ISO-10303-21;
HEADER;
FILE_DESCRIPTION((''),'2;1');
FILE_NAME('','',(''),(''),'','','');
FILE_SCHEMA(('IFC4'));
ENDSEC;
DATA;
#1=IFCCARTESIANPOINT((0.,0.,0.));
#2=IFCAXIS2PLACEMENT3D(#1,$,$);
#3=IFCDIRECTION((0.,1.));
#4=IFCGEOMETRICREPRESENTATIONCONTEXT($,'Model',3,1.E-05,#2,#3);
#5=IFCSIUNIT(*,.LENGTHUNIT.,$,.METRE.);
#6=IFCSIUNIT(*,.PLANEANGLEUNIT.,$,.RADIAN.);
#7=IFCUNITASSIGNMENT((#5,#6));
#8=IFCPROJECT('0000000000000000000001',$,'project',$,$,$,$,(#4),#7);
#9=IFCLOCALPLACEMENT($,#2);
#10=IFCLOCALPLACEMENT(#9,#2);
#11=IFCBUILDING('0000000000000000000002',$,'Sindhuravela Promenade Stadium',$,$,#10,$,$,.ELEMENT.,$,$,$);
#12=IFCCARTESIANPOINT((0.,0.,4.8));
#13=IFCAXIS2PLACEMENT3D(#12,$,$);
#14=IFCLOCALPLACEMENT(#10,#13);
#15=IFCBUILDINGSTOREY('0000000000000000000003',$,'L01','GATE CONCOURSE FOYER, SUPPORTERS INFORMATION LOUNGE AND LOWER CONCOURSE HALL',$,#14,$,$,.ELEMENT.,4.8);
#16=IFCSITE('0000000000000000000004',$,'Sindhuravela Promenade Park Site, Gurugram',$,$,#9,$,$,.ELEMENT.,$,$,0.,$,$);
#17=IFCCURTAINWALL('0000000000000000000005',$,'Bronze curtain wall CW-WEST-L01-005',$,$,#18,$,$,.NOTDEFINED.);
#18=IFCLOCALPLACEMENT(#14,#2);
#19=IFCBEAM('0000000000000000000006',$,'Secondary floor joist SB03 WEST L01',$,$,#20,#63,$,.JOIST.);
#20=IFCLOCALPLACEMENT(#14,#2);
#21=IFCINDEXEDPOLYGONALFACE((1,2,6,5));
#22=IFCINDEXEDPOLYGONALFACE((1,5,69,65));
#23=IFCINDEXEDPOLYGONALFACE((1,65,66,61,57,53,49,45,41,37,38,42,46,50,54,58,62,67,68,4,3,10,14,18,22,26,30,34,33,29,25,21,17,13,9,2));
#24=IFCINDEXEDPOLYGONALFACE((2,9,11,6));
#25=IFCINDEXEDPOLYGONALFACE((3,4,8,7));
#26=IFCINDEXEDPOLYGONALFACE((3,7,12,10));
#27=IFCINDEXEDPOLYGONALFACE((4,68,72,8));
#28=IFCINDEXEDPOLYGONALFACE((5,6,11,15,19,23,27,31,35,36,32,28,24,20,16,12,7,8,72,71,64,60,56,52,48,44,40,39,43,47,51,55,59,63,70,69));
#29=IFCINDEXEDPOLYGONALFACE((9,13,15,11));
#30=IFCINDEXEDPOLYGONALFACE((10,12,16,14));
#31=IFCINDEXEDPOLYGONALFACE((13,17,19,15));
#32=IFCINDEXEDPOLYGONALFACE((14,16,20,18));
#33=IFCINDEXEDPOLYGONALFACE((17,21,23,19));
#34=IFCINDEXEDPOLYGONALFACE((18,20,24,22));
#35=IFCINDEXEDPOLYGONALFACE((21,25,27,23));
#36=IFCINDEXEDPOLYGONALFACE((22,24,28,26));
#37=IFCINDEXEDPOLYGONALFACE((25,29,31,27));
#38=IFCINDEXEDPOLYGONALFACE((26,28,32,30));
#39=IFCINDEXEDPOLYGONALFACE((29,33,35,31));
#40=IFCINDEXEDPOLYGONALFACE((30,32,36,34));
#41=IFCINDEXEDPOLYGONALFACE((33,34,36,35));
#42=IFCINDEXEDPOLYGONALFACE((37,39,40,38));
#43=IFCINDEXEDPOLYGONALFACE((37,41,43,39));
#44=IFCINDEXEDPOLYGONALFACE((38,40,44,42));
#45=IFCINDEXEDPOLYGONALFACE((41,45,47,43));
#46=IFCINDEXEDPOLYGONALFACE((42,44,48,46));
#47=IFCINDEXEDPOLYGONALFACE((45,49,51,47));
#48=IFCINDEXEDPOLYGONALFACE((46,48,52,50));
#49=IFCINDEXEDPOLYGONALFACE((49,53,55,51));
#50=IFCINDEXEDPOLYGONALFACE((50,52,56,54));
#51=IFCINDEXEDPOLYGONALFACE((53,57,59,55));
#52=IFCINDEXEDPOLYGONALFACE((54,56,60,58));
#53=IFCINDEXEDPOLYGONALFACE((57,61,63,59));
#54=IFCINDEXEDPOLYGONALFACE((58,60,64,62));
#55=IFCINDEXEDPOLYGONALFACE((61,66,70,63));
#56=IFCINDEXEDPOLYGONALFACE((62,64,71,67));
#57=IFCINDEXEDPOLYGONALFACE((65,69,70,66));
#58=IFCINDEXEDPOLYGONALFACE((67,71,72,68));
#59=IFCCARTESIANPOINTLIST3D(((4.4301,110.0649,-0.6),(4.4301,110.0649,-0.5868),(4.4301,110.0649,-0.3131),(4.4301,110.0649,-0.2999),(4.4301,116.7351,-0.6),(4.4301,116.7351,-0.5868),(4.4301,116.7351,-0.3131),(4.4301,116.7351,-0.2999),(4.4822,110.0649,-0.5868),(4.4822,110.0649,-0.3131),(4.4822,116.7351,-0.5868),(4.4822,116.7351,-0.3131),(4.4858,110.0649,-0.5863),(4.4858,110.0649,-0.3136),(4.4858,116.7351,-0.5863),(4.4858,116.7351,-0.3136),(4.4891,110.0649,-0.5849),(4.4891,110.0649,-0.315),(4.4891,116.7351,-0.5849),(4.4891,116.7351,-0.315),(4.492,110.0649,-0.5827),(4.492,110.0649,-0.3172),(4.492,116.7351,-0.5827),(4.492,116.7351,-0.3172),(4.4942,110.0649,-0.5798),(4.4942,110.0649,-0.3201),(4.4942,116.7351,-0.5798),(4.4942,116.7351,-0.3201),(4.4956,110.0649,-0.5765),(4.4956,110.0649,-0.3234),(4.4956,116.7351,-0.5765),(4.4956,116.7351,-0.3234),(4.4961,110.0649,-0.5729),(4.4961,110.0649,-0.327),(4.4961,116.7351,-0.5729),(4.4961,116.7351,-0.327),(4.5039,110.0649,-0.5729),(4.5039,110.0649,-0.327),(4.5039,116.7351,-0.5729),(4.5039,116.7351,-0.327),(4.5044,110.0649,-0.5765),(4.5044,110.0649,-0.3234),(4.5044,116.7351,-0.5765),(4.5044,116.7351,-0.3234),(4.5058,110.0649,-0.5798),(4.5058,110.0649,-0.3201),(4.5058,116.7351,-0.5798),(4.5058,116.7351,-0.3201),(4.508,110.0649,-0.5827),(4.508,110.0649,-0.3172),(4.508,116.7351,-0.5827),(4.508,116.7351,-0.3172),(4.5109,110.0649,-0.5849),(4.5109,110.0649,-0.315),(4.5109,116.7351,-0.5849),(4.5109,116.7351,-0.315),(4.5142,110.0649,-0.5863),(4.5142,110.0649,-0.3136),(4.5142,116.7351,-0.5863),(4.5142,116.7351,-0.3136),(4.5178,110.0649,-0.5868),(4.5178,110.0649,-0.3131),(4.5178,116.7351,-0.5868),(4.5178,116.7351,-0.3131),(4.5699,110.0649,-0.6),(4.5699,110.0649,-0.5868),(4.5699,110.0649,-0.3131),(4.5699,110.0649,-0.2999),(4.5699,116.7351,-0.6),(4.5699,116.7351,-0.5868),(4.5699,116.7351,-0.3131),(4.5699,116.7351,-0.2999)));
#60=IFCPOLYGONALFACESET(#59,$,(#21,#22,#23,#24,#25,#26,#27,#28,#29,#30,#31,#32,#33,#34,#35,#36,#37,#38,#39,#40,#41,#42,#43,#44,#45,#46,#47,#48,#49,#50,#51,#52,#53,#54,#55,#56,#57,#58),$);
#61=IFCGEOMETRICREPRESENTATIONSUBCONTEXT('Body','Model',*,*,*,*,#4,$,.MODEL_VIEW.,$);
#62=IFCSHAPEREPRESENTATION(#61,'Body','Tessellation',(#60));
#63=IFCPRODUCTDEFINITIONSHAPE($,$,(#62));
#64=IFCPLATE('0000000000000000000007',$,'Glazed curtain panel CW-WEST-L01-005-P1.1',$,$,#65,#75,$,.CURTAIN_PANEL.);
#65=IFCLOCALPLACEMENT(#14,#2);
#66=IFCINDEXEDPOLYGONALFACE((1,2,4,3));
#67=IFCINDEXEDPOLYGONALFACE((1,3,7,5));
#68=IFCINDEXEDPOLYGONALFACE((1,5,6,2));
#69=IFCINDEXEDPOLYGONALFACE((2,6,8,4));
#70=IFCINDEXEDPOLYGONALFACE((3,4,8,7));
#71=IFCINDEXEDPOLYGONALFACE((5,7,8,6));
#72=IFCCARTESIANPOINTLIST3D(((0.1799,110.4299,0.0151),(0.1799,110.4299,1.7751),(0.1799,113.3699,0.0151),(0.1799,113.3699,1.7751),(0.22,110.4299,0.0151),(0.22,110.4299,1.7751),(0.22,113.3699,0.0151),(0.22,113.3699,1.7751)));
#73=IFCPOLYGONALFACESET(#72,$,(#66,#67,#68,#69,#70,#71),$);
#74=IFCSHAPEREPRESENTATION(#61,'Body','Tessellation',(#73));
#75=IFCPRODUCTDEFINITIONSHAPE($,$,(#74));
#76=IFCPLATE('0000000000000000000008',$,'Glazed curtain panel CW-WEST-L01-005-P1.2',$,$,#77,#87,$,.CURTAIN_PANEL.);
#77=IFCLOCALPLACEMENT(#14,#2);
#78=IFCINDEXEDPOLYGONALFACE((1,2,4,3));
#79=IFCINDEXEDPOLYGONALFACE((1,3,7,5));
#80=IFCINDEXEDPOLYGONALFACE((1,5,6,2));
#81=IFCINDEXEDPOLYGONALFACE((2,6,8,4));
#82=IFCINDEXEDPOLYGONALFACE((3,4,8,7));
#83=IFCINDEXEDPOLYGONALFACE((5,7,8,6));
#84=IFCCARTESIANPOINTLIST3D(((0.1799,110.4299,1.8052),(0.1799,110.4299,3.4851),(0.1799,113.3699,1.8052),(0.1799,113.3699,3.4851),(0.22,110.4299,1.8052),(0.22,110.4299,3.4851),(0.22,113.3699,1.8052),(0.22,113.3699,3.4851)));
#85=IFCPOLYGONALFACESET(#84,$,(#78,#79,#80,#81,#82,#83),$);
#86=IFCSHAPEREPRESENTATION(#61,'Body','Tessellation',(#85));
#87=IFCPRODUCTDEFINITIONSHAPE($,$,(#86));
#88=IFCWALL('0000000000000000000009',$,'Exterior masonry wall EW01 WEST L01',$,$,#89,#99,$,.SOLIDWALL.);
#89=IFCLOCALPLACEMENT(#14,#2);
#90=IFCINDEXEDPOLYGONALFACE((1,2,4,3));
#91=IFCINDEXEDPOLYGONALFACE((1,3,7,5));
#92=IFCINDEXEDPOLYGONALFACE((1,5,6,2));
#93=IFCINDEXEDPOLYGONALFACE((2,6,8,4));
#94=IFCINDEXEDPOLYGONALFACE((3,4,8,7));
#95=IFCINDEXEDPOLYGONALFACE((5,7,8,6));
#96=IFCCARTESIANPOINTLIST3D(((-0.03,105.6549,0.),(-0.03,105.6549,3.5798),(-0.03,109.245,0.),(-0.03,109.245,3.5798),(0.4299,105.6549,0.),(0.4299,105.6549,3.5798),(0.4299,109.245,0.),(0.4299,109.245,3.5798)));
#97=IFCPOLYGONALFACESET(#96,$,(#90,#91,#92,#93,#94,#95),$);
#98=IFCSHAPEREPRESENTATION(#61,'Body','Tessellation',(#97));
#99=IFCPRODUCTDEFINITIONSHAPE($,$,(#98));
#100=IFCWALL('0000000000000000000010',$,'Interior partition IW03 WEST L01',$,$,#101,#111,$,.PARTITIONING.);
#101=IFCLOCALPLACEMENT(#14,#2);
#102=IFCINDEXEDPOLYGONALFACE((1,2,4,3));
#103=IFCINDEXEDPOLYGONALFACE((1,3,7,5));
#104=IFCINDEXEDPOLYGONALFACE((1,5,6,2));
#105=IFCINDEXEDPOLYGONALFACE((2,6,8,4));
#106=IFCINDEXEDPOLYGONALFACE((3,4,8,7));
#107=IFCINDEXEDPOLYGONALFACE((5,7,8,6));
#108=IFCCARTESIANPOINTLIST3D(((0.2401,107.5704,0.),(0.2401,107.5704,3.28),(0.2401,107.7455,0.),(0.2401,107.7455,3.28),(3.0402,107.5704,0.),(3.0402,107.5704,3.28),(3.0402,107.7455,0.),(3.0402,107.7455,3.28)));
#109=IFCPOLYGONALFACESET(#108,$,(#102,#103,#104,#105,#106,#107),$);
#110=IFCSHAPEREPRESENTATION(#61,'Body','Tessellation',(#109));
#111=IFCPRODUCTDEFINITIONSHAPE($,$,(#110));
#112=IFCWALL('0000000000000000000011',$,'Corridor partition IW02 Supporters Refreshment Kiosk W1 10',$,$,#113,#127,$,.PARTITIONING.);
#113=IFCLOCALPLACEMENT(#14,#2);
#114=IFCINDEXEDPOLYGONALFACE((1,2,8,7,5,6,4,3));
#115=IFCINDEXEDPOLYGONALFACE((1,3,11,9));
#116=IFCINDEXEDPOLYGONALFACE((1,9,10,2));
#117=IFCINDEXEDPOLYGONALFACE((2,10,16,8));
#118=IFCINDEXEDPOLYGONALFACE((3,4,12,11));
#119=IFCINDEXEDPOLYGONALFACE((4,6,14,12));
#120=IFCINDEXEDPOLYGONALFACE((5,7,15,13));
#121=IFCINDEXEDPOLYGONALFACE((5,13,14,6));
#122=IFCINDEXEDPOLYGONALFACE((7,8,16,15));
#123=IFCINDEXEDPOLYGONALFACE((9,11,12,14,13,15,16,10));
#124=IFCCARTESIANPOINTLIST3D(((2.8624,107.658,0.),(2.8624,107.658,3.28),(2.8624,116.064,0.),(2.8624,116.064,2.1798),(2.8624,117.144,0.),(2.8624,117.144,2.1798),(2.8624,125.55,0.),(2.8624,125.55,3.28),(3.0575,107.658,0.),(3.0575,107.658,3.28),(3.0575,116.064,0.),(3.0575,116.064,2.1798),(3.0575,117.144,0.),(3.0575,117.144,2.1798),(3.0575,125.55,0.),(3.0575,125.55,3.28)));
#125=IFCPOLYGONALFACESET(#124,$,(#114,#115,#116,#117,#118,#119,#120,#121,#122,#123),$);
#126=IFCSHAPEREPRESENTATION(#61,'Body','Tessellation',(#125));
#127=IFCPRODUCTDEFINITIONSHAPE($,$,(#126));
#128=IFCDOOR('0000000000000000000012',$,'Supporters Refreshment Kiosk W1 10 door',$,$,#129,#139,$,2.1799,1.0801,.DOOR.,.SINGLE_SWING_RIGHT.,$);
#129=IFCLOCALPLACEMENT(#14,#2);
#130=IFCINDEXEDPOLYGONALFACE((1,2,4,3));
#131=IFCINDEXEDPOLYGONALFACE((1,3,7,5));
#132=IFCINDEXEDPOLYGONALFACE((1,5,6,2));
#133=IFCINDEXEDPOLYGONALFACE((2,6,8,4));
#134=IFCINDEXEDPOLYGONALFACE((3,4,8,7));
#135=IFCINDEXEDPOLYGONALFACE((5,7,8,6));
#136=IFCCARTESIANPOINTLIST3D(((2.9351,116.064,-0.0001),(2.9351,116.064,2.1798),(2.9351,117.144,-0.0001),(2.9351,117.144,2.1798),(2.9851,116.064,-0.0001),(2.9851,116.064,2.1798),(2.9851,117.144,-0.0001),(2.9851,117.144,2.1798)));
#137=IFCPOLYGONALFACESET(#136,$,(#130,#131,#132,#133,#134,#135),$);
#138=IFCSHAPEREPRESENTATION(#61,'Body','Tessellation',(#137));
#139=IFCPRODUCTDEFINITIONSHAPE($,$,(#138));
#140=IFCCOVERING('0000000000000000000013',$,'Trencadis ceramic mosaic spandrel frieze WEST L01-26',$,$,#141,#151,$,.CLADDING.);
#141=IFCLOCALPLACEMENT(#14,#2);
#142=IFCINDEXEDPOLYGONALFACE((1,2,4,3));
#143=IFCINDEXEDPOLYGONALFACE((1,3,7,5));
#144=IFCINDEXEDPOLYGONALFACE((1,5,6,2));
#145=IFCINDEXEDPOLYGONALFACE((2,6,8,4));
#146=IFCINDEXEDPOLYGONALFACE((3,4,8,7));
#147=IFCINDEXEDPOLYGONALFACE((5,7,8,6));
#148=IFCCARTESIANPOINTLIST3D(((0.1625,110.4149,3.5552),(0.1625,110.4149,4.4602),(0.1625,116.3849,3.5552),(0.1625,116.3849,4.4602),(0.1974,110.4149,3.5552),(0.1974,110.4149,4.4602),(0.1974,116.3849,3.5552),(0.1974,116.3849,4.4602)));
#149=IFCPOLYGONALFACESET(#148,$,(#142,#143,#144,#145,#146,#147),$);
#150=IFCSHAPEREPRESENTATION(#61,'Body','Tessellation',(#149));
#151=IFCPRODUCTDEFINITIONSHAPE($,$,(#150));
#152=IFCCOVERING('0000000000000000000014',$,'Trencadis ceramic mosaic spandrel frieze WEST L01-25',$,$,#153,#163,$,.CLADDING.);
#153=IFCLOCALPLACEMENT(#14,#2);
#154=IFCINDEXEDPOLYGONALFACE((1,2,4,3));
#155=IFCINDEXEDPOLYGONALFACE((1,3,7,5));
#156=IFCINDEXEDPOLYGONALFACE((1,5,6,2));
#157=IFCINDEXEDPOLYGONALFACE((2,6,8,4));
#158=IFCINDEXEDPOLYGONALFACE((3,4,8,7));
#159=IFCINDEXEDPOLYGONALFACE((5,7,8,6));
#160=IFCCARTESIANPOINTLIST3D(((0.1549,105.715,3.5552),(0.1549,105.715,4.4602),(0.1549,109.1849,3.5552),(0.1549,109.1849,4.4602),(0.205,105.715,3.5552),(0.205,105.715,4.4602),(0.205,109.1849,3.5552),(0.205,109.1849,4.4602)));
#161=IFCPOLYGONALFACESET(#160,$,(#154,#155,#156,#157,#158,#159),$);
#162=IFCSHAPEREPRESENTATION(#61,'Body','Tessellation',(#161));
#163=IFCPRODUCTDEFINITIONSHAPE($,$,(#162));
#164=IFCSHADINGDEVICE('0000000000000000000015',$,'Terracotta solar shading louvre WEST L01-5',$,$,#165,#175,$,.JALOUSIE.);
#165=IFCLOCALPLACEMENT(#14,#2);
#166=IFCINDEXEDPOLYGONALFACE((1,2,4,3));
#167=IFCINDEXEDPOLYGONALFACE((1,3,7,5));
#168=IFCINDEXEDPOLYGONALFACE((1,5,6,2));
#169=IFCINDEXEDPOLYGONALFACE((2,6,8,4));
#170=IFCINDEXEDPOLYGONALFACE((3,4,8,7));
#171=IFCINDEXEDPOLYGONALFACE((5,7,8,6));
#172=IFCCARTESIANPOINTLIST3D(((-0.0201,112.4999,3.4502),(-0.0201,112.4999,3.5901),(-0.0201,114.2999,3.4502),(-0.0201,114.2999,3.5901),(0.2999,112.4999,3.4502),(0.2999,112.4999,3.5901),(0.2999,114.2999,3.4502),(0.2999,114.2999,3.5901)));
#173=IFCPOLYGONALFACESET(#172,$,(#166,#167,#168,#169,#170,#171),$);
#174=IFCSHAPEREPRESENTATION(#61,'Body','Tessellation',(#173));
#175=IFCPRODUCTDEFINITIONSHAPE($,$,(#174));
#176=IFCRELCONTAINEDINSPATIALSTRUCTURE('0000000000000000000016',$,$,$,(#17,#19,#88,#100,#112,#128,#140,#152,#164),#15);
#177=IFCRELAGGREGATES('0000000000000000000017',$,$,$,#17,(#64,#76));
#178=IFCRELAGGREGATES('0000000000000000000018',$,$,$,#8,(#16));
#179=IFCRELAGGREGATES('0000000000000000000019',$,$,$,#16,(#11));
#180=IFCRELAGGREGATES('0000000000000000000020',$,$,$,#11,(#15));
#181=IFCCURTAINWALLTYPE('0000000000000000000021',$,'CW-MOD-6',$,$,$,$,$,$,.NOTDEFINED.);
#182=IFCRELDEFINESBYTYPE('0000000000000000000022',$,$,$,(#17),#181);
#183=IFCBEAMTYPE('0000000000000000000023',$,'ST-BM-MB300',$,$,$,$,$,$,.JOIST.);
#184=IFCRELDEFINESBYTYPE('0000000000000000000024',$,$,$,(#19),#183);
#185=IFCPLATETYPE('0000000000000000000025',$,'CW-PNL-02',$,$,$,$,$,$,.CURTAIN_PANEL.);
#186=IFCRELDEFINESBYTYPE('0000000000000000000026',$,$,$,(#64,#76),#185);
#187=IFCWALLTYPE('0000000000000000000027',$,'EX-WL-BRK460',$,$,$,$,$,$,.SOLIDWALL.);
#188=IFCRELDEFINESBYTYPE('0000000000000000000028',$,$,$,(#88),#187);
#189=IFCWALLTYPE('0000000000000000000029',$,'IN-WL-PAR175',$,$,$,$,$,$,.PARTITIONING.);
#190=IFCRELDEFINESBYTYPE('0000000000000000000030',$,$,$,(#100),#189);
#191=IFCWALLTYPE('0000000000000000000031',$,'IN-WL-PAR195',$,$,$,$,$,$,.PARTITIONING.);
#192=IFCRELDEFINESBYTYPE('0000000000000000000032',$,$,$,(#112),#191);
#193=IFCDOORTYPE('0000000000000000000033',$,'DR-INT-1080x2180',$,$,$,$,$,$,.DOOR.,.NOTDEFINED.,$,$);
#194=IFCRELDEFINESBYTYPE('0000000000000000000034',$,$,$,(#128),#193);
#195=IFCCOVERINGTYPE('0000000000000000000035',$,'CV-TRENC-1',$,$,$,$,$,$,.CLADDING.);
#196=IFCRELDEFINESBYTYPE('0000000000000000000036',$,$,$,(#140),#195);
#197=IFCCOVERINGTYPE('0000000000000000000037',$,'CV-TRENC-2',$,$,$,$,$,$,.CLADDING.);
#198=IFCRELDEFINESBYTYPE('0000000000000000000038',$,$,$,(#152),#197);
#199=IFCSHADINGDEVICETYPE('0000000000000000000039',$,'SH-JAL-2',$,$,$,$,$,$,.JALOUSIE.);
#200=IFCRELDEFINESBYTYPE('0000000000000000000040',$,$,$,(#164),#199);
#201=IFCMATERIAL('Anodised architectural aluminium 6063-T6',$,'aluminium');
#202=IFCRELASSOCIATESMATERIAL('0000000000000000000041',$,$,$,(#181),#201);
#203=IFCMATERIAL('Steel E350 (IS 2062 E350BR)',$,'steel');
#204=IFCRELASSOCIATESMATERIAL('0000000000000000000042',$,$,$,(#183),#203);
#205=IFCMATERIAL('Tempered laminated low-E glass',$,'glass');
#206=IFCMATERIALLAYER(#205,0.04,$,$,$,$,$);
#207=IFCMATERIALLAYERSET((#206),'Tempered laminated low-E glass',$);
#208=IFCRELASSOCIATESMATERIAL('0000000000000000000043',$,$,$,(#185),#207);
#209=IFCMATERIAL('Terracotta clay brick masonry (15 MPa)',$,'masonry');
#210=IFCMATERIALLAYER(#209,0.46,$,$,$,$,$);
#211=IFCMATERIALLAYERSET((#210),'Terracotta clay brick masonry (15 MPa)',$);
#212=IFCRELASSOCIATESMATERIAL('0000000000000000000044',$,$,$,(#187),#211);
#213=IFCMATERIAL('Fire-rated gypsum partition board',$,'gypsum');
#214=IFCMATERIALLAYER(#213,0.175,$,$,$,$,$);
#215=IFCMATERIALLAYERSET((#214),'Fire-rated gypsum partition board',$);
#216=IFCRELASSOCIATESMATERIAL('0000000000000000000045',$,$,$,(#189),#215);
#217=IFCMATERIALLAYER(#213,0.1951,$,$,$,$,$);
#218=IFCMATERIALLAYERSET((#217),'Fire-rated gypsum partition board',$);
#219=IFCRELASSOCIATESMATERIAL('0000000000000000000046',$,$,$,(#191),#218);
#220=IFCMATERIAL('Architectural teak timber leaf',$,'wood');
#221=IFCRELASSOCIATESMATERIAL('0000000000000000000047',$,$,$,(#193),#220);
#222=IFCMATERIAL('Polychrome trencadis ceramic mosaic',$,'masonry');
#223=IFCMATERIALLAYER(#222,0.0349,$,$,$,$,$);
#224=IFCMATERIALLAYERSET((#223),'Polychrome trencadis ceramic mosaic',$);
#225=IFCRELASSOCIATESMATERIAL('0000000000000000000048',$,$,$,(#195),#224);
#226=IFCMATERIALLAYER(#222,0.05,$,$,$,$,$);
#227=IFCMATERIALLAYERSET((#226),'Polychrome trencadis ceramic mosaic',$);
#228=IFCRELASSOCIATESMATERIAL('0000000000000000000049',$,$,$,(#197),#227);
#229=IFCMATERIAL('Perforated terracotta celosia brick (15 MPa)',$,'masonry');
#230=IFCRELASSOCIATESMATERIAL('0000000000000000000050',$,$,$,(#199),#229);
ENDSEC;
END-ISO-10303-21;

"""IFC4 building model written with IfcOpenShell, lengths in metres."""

from ifc_helpers import new_model, si_unit, direction, frame, frame_2d, origin, origin_2d, place, context, subcontext, project, spatial, rectangle, i_section, extrude, material, layer, layer_set, material_profile, profile_set, type_object, element, fill, aggregate, save


model = new_model("IFC4")

# Units and contexts
model_context = context("Model", 3, precision=1e-05, world=origin(), true_north=direction((0.0, 1.0)))
body_context = subcontext(model_context, "Body", "Model", "MODEL_VIEW")
ifc_project = project(units=[si_unit("LENGTHUNIT", "METRE"), si_unit("PLANEANGLEUNIT", "RADIAN")], contexts=[model_context])

# Site, building, storey
site_placement = place(None, origin())
site = spatial("IfcSite", under=ifc_project, at=site_placement, Name="Sindhuravela Promenade Park Site, Gurugram", CompositionType="ELEMENT", RefElevation=0.0)
building_placement = place(site_placement, origin())
building = spatial("IfcBuilding", under=site, at=building_placement, Name="Sindhuravela Promenade Stadium", CompositionType="ELEMENT")
storey_placement = place(building_placement, frame((0.0, 0.0, 4.8)))
storey = spatial("IfcBuildingStorey", under=building, at=storey_placement, Name="L01", Description="GATE CONCOURSE FOYER, SUPPORTERS INFORMATION LOUNGE AND LOWER CONCOURSE HALL", CompositionType="ELEMENT", Elevation=4.8)

# Curtain wall
ifc_material_1 = material(Name="Anodised architectural aluminium 6063-T6", Category="aluminium")
curtain_wall_type = type_object("IfcCurtainWallType", Name="CW-MOD-6", PredefinedType="NOTDEFINED", material=ifc_material_1)
curtain_wall_placement = place(storey_placement, origin())
curtain_wall = element("IfcCurtainWall", 1, at=curtain_wall_placement, inside=storey, type_object=curtain_wall_type, Name="Bronze curtain wall CW-WEST-L01-005", PredefinedType="NOTDEFINED")

# Beam
ifc_material_2 = material(Name="Steel E350 (IS 2062 E350BR)", Category="steel")
ifc_material_profile_1 = material_profile(ifc_material_2, i_section(OverallWidth=0.1399, OverallDepth=0.3, WebThickness=0.0078, FlangeThickness=0.0132, FilletRadius=0.0139, at=origin_2d()), Name="ISMB 300")
ifc_profile_set_1 = profile_set([ifc_material_profile_1], Name="Steel E350 (IS 2062 E350BR)")
beam_type_1 = type_object("IfcBeamType", Name="ST-BM-MB300", PredefinedType="JOIST", material=ifc_profile_set_1)
beam_1_placement = place(storey_placement, frame((4.5, 110.0649, -0.45), z_axis=(0.0, 1.0, 0.0), x_axis=(-1.0, 0.0, 0.0)))
element("IfcBeam", 2, at=beam_1_placement, inside=storey, type_object=beam_type_1, Name="Secondary floor joist SB03 WEST L01", PredefinedType="JOIST", context=body_context, shape_type="SweptSolid", body=[
    extrude(i_section(OverallWidth=0.1399, OverallDepth=0.3, WebThickness=0.0078, FlangeThickness=0.0132, FilletRadius=0.0139, at=origin_2d()), origin(), (0.0, 0.0, 1.0), 6.6702),
])

# Plates
ifc_material_3 = material(Name="Tempered laminated low-E glass", Category="glass")
ifc_layer_1 = layer(ifc_material_3, 0.04)
ifc_layer_set_1 = layer_set([ifc_layer_1], Name="Tempered laminated low-E glass")
plate_type = type_object("IfcPlateType", Name="CW-PNL-02", PredefinedType="CURTAIN_PANEL", material=ifc_layer_set_1)
plate_1_placement = place(storey_placement, frame((0.2, 111.8999, 0.0151), z_axis=(0.0, 0.0, 1.0), x_axis=(0.0, 1.0, 0.0)))
plate_1 = element("IfcPlate", 3, at=plate_1_placement, type_object=plate_type, Name="Glazed curtain panel CW-WEST-L01-005-P1.1", PredefinedType="CURTAIN_PANEL", context=body_context, shape_type="SweptSolid", body=[
    extrude(rectangle(XDim=2.9399, YDim=0.04, at=origin_2d()), origin(), (0.0, 0.0, 1.0), 1.76),
])
plate_2_placement = place(storey_placement, frame((0.2, 111.8999, 1.8052), z_axis=(0.0, 0.0, 1.0), x_axis=(0.0, 1.0, 0.0)))
plate_2 = element("IfcPlate", 4, at=plate_2_placement, type_object=plate_type, Name="Glazed curtain panel CW-WEST-L01-005-P1.2", PredefinedType="CURTAIN_PANEL", context=body_context, shape_type="SweptSolid", body=[
    extrude(rectangle(XDim=2.9399, YDim=0.04, at=origin_2d()), origin(), (0.0, 0.0, 1.0), 1.6799),
])
aggregate(curtain_wall, [plate_1, plate_2])

# Walls
ifc_material_4 = material(Name="Terracotta clay brick masonry (15 MPa)", Category="masonry")
ifc_layer_2 = layer(ifc_material_4, 0.46)
ifc_layer_set_2 = layer_set([ifc_layer_2], Name="Terracotta clay brick masonry (15 MPa)")
wall_type_1 = type_object("IfcWallType", Name="EX-WL-BRK460", PredefinedType="SOLIDWALL", material=ifc_layer_set_2)
wall_1_placement = place(storey_placement, frame((0.2, 105.655, 0.0), z_axis=(0.0, 0.0, 1.0), x_axis=(0.0, 1.0, 0.0)))
element("IfcWall", 5, at=wall_1_placement, inside=storey, type_object=wall_type_1, Name="Exterior masonry wall EW01 WEST L01", PredefinedType="SOLIDWALL", context=body_context, shape_type="SweptSolid", body=[
    extrude(rectangle(XDim=3.5901, YDim=0.46, at=frame_2d((1.7949, 0.0))), origin(), (0.0, 0.0, 1.0), 3.5798),
])
ifc_material_5 = material(Name="Fire-rated gypsum partition board", Category="gypsum")
ifc_layer_3 = layer(ifc_material_5, 0.175)
ifc_layer_set_3 = layer_set([ifc_layer_3], Name="Fire-rated gypsum partition board")
wall_type_2 = type_object("IfcWallType", Name="IN-WL-PAR175", PredefinedType="PARTITIONING", material=ifc_layer_set_3)
wall_2_placement = place(storey_placement, frame((3.04, 107.658, 0.0), z_axis=(0.0, 0.0, 1.0), x_axis=(-1.0, 0.0, 0.0)))
element("IfcWall", 6, at=wall_2_placement, inside=storey, type_object=wall_type_2, Name="Interior partition IW03 WEST L01", PredefinedType="PARTITIONING", context=body_context, shape_type="SweptSolid", body=[
    extrude(rectangle(XDim=2.8, YDim=0.175, at=frame_2d((1.3999, 0.0))), origin(), (0.0, 0.0, 1.0), 3.28),
])

# Wall, opening, door
ifc_layer_4 = layer(ifc_material_5, 0.1951)
ifc_layer_set_4 = layer_set([ifc_layer_4], Name="Fire-rated gypsum partition board")
wall_type_3 = type_object("IfcWallType", Name="IN-WL-PAR195", PredefinedType="PARTITIONING", material=ifc_layer_set_4)
wall_3_placement = place(storey_placement, frame((2.96, 107.658, 0.0), z_axis=(0.0, 0.0, 1.0), x_axis=(0.0, 1.0, 0.0)))
wall_3 = element("IfcWall", 7, at=wall_3_placement, inside=storey, type_object=wall_type_3, Name="Corridor partition IW02 Supporters Refreshment Kiosk W1 10", PredefinedType="PARTITIONING", context=body_context, shape_type="SweptSolid", body=[
    extrude(rectangle(XDim=17.8921, YDim=0.1951, at=frame_2d((8.946, 0.0))), origin(), (0.0, 0.0, 1.0), 3.28),
])
opening_placement = place(wall_3_placement, frame((8.406, 0.0, 0.0)))
opening = element("IfcOpeningElement", 8, at=opening_placement, cuts=wall_3, PredefinedType="OPENING", context=body_context, shape_type="SweptSolid", body=[
    extrude(rectangle(XDim=1.0801, YDim=2.1799, at=frame_2d((0.54, 1.0898))), frame((0.0, 0.1074, 0.0), z_axis=(0.0, -1.0, 0.0), x_axis=(1.0, 0.0, 0.0)), (0.0, 0.0, 1.0), 0.2151),
])
ifc_material_6 = material(Name="Architectural teak timber leaf", Category="wood")
door_type = type_object("IfcDoorType", Name="DR-INT-1080x2180", OperationType="NOTDEFINED", PredefinedType="DOOR", material=ifc_material_6)
door_placement = place(opening_placement, origin())
door = element("IfcDoor", 9, at=door_placement, inside=storey, type_object=door_type, Name="Supporters Refreshment Kiosk W1 10 door", OperationType="SINGLE_SWING_RIGHT", OverallHeight=2.1799, OverallWidth=1.0801, PredefinedType="DOOR", context=body_context, shape_type="SweptSolid", body=[
    extrude(rectangle(XDim=1.0801, YDim=2.1799, at=frame_2d((0.54, 1.0898))), frame((0.0, 0.0249, 0.0), z_axis=(0.0, -1.0, 0.0), x_axis=(1.0, 0.0, 0.0)), (0.0, 0.0, 1.0), 0.05),
])
fill(opening, door)

# Coverings
ifc_material_7 = material(Name="Polychrome trencadis ceramic mosaic", Category="masonry")
ifc_layer_5 = layer(ifc_material_7, 0.0349)
ifc_layer_set_5 = layer_set([ifc_layer_5], Name="Polychrome trencadis ceramic mosaic")
covering_type_1 = type_object("IfcCoveringType", Name="CV-TRENC-1", PredefinedType="CLADDING", material=ifc_layer_set_5)
covering_1_placement = place(storey_placement, frame((0.1799, 113.3999, 3.5552), z_axis=(0.0, 0.0, 1.0), x_axis=(0.0, 1.0, 0.0)))
element("IfcCovering", 10, at=covering_1_placement, inside=storey, type_object=covering_type_1, Name="Trencadis ceramic mosaic spandrel frieze WEST L01-26", PredefinedType="CLADDING", context=body_context, shape_type="SweptSolid", body=[
    extrude(rectangle(XDim=5.97, YDim=0.0349, at=origin_2d()), origin(), (0.0, 0.0, 1.0), 0.905),
])
ifc_layer_6 = layer(ifc_material_7, 0.05)
ifc_layer_set_6 = layer_set([ifc_layer_6], Name="Polychrome trencadis ceramic mosaic")
covering_type_2 = type_object("IfcCoveringType", Name="CV-TRENC-2", PredefinedType="CLADDING", material=ifc_layer_set_6)
covering_2_placement = place(storey_placement, frame((0.1799, 107.45, 3.5552), z_axis=(0.0, 0.0, 1.0), x_axis=(0.0, 1.0, 0.0)))
element("IfcCovering", 11, at=covering_2_placement, inside=storey, type_object=covering_type_2, Name="Trencadis ceramic mosaic spandrel frieze WEST L01-25", PredefinedType="CLADDING", context=body_context, shape_type="SweptSolid", body=[
    extrude(rectangle(XDim=3.47, YDim=0.05, at=origin_2d()), origin(), (0.0, 0.0, 1.0), 0.905),
])

# Shading device
ifc_material_8 = material(Name="Perforated terracotta celosia brick (15 MPa)", Category="masonry")
shading_device_type = type_object("IfcShadingDeviceType", Name="SH-JAL-2", PredefinedType="JALOUSIE", material=ifc_material_8)
shading_device_placement = place(storey_placement, frame((0.1399, 113.3999, 3.4502), z_axis=(0.0, 0.0, 1.0), x_axis=(0.0, 1.0, 0.0)))
element("IfcShadingDevice", 12, at=shading_device_placement, inside=storey, type_object=shading_device_type, Name="Terracotta solar shading louvre WEST L01-5", PredefinedType="JALOUSIE", context=body_context, shape_type="SweptSolid", body=[
    extrude(rectangle(XDim=1.8, YDim=0.3201, at=origin_2d()), origin(), (0.0, 0.0, 1.0), 0.1399),
])

save(model, "model.ifc")
